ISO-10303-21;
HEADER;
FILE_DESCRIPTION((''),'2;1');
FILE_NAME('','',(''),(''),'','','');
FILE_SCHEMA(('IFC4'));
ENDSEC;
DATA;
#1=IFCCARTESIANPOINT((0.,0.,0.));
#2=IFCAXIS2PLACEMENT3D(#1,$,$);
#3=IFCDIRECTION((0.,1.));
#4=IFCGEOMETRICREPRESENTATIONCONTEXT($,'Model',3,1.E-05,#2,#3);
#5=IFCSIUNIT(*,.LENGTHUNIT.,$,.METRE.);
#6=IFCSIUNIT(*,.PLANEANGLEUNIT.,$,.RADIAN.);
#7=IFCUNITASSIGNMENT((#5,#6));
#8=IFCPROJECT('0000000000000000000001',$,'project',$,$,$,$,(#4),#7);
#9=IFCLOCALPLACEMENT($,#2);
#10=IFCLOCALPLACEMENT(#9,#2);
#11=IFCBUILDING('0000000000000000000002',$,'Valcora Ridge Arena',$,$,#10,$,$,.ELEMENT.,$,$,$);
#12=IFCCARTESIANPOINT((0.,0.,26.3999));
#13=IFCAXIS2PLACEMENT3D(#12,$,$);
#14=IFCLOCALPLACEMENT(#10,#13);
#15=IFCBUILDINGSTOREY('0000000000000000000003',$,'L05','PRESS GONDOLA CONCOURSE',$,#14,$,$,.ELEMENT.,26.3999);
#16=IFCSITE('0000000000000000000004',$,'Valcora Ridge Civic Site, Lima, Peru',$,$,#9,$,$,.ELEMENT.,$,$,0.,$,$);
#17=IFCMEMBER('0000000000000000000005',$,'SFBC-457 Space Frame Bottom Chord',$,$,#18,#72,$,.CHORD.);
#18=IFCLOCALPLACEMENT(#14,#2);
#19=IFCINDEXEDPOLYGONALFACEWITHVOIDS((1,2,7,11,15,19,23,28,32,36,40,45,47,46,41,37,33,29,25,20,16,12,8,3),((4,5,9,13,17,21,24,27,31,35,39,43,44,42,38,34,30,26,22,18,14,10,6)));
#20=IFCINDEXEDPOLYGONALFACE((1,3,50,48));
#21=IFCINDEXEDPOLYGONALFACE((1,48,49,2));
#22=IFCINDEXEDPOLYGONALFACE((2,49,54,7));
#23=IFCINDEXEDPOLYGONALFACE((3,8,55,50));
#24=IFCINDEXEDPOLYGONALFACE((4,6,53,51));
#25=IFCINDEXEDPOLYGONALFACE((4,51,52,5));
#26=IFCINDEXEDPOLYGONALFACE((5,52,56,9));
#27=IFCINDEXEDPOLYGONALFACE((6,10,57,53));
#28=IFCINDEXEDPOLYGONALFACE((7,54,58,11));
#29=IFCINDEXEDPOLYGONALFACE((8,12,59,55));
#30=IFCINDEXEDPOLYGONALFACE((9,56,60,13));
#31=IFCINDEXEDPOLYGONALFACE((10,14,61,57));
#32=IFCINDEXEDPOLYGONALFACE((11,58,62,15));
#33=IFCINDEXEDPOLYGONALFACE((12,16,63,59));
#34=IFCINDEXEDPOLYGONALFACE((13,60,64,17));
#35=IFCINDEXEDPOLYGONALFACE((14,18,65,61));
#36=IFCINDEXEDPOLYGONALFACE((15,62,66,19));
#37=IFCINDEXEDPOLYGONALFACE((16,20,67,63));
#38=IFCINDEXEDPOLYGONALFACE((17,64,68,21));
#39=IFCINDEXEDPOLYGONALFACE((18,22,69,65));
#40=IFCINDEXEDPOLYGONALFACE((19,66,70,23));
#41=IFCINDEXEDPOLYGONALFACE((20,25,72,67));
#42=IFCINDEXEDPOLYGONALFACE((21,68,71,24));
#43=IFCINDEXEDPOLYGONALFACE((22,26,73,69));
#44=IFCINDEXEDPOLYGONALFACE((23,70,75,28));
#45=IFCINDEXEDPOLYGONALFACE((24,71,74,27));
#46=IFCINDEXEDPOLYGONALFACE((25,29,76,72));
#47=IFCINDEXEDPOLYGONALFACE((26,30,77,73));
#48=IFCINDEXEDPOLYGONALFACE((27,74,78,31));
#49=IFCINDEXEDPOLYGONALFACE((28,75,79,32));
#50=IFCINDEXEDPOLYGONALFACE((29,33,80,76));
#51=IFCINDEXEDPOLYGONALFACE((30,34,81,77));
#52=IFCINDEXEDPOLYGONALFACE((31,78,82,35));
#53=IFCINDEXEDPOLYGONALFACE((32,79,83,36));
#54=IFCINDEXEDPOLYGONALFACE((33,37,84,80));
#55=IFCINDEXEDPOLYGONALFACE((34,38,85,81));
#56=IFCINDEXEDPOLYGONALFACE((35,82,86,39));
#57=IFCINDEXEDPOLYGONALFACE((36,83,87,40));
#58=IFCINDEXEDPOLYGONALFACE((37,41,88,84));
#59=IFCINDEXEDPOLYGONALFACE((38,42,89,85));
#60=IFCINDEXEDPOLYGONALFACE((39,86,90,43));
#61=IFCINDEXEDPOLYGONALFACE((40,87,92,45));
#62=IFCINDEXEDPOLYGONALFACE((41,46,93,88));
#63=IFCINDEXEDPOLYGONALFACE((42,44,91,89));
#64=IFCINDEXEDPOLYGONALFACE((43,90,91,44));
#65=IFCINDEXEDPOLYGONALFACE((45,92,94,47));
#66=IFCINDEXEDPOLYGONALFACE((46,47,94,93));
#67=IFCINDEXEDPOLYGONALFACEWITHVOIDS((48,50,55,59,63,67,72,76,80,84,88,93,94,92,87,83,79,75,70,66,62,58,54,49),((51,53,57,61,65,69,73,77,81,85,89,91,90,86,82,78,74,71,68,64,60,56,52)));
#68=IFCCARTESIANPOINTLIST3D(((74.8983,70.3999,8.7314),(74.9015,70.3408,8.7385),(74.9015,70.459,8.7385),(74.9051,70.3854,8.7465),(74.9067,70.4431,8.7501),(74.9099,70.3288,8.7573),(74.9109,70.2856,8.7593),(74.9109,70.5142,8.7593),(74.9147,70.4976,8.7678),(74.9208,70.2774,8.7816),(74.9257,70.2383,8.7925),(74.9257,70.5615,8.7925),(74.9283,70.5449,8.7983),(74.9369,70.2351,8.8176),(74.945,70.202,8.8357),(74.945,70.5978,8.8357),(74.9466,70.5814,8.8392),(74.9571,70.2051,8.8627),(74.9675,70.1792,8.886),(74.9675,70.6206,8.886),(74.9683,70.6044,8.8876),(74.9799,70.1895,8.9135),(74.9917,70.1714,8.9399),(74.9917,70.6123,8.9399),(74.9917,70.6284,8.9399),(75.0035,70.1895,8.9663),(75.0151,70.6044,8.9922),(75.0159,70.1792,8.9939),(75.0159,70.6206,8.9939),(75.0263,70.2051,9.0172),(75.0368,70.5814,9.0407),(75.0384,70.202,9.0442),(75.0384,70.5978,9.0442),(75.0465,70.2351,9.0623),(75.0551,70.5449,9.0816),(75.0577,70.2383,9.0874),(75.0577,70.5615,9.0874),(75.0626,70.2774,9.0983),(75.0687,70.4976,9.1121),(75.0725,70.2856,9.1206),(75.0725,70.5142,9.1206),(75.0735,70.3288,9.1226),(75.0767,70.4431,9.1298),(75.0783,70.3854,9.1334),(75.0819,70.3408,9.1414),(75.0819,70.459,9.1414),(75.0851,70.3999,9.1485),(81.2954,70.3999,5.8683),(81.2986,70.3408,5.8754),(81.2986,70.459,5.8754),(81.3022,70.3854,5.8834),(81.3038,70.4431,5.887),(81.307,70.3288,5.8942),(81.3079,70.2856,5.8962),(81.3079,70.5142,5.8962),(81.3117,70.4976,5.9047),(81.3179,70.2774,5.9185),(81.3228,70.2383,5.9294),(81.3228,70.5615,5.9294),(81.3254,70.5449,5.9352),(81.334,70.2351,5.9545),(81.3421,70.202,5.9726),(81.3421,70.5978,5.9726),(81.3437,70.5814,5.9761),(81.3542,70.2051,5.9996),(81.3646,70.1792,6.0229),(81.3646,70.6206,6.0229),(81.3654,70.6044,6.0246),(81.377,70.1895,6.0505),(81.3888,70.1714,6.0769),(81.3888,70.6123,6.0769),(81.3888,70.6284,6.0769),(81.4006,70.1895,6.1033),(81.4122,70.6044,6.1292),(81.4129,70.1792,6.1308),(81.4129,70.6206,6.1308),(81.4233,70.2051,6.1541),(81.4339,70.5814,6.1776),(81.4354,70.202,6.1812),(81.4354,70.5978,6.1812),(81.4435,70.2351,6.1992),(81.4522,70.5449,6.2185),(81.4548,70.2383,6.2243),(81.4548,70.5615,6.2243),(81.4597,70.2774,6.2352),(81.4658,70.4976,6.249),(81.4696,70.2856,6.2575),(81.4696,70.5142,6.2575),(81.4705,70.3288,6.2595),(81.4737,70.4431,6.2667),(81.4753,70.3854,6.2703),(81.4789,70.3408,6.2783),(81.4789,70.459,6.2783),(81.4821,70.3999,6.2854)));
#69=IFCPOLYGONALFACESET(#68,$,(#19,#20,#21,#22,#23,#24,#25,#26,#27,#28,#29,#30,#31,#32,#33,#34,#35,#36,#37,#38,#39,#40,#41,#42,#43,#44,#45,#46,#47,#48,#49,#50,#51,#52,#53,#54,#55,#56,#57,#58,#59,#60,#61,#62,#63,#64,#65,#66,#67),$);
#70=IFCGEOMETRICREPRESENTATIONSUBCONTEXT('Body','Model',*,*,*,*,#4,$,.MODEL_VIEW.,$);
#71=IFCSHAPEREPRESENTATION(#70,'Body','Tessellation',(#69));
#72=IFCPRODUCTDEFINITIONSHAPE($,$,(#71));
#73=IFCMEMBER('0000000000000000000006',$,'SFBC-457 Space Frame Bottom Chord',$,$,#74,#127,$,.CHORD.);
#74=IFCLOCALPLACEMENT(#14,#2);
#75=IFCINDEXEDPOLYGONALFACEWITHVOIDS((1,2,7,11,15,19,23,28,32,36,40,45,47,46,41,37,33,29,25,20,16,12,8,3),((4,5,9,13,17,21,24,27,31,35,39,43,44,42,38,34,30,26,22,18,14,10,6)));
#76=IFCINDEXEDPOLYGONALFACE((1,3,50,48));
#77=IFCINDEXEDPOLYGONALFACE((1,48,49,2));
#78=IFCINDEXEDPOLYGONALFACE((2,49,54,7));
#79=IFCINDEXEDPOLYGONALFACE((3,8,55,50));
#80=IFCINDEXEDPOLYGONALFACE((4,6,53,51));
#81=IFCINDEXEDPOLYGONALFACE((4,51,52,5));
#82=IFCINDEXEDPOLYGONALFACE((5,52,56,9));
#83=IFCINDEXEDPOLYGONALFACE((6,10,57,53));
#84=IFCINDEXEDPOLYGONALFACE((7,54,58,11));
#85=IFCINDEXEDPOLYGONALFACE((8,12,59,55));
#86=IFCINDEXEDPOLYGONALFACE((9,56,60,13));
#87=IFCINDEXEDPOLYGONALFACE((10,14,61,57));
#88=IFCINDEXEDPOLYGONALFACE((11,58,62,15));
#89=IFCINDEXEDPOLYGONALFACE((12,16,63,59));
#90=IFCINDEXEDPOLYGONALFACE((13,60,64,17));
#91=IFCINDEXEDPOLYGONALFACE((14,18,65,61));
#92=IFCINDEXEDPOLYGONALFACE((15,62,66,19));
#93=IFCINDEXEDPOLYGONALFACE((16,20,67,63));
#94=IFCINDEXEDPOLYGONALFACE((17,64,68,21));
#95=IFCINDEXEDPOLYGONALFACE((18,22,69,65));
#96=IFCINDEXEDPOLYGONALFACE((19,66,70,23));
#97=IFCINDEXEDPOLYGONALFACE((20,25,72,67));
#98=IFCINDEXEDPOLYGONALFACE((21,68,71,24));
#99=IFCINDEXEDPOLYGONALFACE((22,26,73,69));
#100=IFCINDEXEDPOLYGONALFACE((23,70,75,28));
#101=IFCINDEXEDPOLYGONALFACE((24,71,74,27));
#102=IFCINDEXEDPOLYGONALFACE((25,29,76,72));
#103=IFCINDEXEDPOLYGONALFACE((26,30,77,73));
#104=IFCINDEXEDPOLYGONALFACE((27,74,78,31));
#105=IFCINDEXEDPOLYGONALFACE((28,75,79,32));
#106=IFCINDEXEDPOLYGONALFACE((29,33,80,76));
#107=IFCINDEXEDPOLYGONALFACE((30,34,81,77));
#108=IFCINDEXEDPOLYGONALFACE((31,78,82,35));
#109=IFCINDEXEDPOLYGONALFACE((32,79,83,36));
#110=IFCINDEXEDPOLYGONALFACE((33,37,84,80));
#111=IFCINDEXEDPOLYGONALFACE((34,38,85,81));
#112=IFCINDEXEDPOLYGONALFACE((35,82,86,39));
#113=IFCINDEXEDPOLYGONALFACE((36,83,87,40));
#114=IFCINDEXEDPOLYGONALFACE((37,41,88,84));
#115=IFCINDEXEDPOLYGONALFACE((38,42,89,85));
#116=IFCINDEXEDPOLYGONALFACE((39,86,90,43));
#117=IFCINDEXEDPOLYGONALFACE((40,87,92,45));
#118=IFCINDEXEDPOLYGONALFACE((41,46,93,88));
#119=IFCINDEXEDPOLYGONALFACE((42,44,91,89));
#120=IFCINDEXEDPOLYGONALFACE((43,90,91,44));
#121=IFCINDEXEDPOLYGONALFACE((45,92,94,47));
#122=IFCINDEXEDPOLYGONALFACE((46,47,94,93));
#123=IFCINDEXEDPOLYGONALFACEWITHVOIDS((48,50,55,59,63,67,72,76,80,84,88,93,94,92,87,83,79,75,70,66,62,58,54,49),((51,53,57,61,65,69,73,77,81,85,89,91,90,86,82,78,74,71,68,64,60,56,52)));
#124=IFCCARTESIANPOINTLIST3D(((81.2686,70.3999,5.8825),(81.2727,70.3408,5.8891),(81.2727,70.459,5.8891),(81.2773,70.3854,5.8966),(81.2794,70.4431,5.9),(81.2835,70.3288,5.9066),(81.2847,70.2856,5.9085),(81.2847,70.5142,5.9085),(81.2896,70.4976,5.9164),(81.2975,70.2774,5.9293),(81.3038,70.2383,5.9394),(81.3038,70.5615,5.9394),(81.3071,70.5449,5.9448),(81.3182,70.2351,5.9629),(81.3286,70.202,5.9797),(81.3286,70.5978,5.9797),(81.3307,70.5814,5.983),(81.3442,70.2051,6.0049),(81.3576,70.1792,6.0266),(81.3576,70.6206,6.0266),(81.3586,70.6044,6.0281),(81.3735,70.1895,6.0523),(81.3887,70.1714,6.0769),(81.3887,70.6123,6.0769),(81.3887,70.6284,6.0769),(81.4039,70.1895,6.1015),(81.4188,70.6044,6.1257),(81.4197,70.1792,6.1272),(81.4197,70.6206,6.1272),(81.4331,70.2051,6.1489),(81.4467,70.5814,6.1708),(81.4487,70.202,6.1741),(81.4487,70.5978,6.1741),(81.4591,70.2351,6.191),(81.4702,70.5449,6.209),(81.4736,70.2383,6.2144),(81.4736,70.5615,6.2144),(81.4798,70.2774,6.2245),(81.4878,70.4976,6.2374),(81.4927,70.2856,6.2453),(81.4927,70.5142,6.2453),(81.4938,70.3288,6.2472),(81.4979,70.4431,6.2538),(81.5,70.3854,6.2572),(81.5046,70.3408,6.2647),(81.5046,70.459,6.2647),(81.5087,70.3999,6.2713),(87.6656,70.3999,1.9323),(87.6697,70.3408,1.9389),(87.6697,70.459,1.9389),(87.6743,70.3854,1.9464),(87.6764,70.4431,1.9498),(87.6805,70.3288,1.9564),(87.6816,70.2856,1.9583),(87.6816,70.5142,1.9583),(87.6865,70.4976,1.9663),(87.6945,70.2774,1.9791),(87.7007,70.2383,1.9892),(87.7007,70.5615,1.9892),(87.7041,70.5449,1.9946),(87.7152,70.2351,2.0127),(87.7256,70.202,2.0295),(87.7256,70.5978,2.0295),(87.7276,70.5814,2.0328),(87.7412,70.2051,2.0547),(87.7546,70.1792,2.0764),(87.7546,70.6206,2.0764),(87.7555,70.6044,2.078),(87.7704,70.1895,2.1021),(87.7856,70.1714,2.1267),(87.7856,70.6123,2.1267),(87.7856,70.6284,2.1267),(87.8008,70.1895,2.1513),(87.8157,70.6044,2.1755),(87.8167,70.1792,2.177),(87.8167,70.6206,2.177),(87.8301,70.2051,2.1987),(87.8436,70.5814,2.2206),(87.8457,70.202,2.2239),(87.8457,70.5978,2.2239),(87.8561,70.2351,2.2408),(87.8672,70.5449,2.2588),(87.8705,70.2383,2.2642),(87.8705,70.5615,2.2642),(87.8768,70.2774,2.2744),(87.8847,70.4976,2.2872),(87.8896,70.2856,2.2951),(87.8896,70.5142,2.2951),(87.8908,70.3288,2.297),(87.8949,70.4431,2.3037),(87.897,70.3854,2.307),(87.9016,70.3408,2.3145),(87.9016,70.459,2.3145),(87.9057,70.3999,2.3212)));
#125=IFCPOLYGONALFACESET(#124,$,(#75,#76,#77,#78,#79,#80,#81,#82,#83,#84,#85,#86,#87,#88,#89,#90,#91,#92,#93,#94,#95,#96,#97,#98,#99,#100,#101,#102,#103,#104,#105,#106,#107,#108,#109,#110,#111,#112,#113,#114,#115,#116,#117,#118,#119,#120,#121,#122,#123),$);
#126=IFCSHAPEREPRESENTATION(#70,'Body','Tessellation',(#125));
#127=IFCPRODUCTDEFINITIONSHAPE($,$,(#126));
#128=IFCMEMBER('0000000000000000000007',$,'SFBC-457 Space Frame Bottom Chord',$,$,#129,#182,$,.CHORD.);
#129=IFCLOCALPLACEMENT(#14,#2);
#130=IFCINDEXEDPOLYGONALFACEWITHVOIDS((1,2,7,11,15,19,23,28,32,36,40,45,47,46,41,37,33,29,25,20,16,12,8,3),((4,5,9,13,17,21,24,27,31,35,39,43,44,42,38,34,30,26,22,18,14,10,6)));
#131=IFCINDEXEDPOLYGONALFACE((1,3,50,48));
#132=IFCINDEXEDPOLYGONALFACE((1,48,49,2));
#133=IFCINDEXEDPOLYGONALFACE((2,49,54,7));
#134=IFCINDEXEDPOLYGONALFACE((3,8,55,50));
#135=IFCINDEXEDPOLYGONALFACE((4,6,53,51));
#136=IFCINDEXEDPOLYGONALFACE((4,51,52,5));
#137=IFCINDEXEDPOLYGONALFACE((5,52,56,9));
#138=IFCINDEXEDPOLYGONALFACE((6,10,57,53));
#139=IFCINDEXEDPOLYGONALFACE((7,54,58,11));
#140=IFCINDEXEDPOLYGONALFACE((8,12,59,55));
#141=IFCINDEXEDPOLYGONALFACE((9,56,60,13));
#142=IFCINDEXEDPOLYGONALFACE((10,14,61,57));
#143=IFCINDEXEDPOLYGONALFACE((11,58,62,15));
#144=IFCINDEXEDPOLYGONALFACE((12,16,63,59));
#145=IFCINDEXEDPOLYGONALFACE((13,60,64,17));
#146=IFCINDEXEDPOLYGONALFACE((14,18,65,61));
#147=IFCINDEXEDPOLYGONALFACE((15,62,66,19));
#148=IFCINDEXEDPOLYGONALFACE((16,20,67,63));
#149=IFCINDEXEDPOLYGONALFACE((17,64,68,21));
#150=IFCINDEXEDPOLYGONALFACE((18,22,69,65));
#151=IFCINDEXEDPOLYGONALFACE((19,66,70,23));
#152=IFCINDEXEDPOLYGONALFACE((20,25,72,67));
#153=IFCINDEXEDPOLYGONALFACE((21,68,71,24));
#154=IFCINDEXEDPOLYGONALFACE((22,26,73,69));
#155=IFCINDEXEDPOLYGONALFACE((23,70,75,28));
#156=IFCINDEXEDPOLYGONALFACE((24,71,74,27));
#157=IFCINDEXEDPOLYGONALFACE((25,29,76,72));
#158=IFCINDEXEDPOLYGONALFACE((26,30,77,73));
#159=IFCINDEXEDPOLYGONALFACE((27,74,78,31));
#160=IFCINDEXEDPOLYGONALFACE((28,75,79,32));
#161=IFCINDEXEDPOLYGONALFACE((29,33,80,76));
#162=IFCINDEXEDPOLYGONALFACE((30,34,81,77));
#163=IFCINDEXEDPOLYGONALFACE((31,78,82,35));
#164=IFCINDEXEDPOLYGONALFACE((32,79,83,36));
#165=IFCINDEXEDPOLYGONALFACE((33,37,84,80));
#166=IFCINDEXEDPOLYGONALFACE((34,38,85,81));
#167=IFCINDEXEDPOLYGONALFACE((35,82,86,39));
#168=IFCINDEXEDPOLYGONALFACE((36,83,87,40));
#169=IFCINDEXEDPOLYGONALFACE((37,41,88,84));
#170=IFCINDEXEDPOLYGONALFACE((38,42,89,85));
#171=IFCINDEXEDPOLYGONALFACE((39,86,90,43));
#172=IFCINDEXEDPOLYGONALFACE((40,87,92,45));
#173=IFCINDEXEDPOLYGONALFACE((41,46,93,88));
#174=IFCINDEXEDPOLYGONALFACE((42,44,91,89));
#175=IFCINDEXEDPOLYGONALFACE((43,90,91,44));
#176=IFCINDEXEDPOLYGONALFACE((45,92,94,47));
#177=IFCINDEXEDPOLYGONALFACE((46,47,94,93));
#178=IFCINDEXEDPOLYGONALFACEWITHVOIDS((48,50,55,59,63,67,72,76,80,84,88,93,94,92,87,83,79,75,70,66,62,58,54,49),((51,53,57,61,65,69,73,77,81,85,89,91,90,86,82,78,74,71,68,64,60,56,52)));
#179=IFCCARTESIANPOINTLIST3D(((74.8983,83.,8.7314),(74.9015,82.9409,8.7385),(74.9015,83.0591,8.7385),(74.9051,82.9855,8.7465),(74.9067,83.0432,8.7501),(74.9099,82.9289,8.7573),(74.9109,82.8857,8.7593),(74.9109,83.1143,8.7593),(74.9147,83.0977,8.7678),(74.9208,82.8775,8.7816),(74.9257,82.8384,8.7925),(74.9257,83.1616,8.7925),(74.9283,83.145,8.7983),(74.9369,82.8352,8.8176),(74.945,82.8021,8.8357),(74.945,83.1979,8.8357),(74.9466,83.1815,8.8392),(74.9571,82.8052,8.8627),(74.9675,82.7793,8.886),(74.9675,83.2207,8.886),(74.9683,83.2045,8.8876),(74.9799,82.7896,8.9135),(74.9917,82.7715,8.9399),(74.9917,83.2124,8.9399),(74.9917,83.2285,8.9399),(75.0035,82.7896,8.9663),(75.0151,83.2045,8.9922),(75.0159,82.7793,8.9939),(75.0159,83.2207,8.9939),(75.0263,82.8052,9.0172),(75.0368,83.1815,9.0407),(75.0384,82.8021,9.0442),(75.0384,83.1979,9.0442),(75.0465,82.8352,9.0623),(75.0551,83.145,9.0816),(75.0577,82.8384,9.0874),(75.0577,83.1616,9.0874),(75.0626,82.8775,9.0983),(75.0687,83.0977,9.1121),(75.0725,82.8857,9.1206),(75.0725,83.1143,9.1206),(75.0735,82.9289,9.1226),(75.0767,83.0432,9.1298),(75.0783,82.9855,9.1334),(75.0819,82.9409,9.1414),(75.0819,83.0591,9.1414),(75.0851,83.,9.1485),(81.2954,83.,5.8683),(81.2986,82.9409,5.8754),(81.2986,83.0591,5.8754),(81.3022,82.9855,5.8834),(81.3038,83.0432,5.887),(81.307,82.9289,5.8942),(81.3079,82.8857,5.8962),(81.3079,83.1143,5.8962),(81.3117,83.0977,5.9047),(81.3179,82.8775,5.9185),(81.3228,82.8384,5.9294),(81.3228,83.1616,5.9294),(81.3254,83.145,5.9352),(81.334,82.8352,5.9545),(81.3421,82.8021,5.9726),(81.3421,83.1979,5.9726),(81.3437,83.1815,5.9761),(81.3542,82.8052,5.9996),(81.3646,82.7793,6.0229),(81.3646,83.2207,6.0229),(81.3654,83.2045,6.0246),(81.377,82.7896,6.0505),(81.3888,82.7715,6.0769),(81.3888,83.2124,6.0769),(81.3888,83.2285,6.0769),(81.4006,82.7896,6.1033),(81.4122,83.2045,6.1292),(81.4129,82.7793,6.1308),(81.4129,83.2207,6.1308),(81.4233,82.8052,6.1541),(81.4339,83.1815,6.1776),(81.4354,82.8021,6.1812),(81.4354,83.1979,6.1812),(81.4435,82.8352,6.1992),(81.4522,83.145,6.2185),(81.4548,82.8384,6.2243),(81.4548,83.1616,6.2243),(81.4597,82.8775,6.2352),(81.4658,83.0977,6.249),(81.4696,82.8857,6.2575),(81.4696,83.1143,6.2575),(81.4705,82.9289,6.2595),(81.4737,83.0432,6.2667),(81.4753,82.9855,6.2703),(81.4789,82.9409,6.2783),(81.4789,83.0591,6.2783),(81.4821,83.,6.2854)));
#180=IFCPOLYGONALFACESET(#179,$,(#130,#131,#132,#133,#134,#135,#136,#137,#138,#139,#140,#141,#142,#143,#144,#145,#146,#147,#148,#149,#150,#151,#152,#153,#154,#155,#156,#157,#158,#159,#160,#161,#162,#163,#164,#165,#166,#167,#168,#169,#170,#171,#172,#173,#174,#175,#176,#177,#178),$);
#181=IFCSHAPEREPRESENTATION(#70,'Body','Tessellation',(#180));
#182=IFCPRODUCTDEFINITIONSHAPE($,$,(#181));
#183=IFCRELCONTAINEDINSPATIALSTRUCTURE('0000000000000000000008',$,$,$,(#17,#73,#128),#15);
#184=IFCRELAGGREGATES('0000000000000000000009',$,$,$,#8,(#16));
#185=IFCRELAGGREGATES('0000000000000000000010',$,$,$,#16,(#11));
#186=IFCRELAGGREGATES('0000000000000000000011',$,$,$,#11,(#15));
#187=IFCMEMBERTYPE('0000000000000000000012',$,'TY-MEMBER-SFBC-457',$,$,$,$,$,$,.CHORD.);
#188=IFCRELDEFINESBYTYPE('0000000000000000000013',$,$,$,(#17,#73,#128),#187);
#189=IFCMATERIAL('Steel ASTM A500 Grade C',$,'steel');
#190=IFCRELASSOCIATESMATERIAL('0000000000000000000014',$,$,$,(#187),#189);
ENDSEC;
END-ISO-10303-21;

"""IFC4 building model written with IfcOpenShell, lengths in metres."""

from ifc_helpers import new_model, si_unit, direction, frame, origin, origin_2d, place, context, subcontext, project, spatial, hollow_circle, extrude, material, material_profile, profile_set, type_object, element, save


model = new_model("IFC4")

# Units and contexts
model_context = context("Model", 3, precision=1e-05, world=origin(), true_north=direction((0.0, 1.0)))
body_context = subcontext(model_context, "Body", "Model", "MODEL_VIEW")
ifc_project = project(units=[si_unit("LENGTHUNIT", "METRE"), si_unit("PLANEANGLEUNIT", "RADIAN")], contexts=[model_context])

# Site, building, storey
site_placement = place(None, origin())
site = spatial("IfcSite", under=ifc_project, at=site_placement, Name="Valcora Ridge Civic Site, Lima, Peru", CompositionType="ELEMENT", RefElevation=0.0)
building_placement = place(site_placement, origin())
building = spatial("IfcBuilding", under=site, at=building_placement, Name="Valcora Ridge Arena", CompositionType="ELEMENT")
storey_placement = place(building_placement, frame((0.0, 0.0, 26.3999)))
storey = spatial("IfcBuildingStorey", under=building, at=storey_placement, Name="L05", Description="PRESS GONDOLA CONCOURSE", CompositionType="ELEMENT", Elevation=26.3999)

# Members
ifc_material_1 = material(Name="Steel ASTM A500 Grade C", Category="steel")
ifc_material_profile_1 = material_profile(ifc_material_1, hollow_circle(Radius=0.2285, WallThickness=0.0161, at=origin_2d()), Name="CHS457X16")
ifc_profile_set_1 = profile_set([ifc_material_profile_1], Name="Steel ASTM A500 Grade C")
member_type_1 = type_object("IfcMemberType", Name="TY-MEMBER-SFBC-457", PredefinedType="CHORD", material=ifc_profile_set_1)
member_1_placement = place(storey_placement, frame((74.9917, 70.3999, 8.9399), z_axis=(0.912753, 0.0, -0.408513), x_axis=(0.0, 1.0, 0.0)))
element("IfcMember", 1, at=member_1_placement, inside=storey, type_object=member_type_1, Name="SFBC-457 Space Frame Bottom Chord", PredefinedType="CHORD", context=body_context, shape_type="SweptSolid", body=[
    extrude(hollow_circle(Radius=0.2285, WallThickness=0.0161, at=origin_2d()), origin(), (0.0, 0.0, 1.0), 7.0085),
])
member_2_placement = place(storey_placement, frame((81.3887, 70.3999, 6.0769), z_axis=(0.85085, 0.0, -0.525409), x_axis=(0.0, 1.0, 0.0)))
element("IfcMember", 2, at=member_2_placement, inside=storey, type_object=member_type_1, Name="SFBC-457 Space Frame Bottom Chord", PredefinedType="CHORD", context=body_context, shape_type="SweptSolid", body=[
    extrude(hollow_circle(Radius=0.2285, WallThickness=0.0161, at=origin_2d()), origin(), (0.0, 0.0, 1.0), 7.5183),
])
member_3_placement = place(storey_placement, frame((74.9917, 83.0, 8.9399), z_axis=(0.912753, 0.0, -0.408513), x_axis=(0.0, 1.0, 0.0)))
element("IfcMember", 3, at=member_3_placement, inside=storey, type_object=member_type_1, Name="SFBC-457 Space Frame Bottom Chord", PredefinedType="CHORD", context=body_context, shape_type="SweptSolid", body=[
    extrude(hollow_circle(Radius=0.2285, WallThickness=0.0161, at=origin_2d()), origin(), (0.0, 0.0, 1.0), 7.0085),
])

save(model, "model.ifc")
